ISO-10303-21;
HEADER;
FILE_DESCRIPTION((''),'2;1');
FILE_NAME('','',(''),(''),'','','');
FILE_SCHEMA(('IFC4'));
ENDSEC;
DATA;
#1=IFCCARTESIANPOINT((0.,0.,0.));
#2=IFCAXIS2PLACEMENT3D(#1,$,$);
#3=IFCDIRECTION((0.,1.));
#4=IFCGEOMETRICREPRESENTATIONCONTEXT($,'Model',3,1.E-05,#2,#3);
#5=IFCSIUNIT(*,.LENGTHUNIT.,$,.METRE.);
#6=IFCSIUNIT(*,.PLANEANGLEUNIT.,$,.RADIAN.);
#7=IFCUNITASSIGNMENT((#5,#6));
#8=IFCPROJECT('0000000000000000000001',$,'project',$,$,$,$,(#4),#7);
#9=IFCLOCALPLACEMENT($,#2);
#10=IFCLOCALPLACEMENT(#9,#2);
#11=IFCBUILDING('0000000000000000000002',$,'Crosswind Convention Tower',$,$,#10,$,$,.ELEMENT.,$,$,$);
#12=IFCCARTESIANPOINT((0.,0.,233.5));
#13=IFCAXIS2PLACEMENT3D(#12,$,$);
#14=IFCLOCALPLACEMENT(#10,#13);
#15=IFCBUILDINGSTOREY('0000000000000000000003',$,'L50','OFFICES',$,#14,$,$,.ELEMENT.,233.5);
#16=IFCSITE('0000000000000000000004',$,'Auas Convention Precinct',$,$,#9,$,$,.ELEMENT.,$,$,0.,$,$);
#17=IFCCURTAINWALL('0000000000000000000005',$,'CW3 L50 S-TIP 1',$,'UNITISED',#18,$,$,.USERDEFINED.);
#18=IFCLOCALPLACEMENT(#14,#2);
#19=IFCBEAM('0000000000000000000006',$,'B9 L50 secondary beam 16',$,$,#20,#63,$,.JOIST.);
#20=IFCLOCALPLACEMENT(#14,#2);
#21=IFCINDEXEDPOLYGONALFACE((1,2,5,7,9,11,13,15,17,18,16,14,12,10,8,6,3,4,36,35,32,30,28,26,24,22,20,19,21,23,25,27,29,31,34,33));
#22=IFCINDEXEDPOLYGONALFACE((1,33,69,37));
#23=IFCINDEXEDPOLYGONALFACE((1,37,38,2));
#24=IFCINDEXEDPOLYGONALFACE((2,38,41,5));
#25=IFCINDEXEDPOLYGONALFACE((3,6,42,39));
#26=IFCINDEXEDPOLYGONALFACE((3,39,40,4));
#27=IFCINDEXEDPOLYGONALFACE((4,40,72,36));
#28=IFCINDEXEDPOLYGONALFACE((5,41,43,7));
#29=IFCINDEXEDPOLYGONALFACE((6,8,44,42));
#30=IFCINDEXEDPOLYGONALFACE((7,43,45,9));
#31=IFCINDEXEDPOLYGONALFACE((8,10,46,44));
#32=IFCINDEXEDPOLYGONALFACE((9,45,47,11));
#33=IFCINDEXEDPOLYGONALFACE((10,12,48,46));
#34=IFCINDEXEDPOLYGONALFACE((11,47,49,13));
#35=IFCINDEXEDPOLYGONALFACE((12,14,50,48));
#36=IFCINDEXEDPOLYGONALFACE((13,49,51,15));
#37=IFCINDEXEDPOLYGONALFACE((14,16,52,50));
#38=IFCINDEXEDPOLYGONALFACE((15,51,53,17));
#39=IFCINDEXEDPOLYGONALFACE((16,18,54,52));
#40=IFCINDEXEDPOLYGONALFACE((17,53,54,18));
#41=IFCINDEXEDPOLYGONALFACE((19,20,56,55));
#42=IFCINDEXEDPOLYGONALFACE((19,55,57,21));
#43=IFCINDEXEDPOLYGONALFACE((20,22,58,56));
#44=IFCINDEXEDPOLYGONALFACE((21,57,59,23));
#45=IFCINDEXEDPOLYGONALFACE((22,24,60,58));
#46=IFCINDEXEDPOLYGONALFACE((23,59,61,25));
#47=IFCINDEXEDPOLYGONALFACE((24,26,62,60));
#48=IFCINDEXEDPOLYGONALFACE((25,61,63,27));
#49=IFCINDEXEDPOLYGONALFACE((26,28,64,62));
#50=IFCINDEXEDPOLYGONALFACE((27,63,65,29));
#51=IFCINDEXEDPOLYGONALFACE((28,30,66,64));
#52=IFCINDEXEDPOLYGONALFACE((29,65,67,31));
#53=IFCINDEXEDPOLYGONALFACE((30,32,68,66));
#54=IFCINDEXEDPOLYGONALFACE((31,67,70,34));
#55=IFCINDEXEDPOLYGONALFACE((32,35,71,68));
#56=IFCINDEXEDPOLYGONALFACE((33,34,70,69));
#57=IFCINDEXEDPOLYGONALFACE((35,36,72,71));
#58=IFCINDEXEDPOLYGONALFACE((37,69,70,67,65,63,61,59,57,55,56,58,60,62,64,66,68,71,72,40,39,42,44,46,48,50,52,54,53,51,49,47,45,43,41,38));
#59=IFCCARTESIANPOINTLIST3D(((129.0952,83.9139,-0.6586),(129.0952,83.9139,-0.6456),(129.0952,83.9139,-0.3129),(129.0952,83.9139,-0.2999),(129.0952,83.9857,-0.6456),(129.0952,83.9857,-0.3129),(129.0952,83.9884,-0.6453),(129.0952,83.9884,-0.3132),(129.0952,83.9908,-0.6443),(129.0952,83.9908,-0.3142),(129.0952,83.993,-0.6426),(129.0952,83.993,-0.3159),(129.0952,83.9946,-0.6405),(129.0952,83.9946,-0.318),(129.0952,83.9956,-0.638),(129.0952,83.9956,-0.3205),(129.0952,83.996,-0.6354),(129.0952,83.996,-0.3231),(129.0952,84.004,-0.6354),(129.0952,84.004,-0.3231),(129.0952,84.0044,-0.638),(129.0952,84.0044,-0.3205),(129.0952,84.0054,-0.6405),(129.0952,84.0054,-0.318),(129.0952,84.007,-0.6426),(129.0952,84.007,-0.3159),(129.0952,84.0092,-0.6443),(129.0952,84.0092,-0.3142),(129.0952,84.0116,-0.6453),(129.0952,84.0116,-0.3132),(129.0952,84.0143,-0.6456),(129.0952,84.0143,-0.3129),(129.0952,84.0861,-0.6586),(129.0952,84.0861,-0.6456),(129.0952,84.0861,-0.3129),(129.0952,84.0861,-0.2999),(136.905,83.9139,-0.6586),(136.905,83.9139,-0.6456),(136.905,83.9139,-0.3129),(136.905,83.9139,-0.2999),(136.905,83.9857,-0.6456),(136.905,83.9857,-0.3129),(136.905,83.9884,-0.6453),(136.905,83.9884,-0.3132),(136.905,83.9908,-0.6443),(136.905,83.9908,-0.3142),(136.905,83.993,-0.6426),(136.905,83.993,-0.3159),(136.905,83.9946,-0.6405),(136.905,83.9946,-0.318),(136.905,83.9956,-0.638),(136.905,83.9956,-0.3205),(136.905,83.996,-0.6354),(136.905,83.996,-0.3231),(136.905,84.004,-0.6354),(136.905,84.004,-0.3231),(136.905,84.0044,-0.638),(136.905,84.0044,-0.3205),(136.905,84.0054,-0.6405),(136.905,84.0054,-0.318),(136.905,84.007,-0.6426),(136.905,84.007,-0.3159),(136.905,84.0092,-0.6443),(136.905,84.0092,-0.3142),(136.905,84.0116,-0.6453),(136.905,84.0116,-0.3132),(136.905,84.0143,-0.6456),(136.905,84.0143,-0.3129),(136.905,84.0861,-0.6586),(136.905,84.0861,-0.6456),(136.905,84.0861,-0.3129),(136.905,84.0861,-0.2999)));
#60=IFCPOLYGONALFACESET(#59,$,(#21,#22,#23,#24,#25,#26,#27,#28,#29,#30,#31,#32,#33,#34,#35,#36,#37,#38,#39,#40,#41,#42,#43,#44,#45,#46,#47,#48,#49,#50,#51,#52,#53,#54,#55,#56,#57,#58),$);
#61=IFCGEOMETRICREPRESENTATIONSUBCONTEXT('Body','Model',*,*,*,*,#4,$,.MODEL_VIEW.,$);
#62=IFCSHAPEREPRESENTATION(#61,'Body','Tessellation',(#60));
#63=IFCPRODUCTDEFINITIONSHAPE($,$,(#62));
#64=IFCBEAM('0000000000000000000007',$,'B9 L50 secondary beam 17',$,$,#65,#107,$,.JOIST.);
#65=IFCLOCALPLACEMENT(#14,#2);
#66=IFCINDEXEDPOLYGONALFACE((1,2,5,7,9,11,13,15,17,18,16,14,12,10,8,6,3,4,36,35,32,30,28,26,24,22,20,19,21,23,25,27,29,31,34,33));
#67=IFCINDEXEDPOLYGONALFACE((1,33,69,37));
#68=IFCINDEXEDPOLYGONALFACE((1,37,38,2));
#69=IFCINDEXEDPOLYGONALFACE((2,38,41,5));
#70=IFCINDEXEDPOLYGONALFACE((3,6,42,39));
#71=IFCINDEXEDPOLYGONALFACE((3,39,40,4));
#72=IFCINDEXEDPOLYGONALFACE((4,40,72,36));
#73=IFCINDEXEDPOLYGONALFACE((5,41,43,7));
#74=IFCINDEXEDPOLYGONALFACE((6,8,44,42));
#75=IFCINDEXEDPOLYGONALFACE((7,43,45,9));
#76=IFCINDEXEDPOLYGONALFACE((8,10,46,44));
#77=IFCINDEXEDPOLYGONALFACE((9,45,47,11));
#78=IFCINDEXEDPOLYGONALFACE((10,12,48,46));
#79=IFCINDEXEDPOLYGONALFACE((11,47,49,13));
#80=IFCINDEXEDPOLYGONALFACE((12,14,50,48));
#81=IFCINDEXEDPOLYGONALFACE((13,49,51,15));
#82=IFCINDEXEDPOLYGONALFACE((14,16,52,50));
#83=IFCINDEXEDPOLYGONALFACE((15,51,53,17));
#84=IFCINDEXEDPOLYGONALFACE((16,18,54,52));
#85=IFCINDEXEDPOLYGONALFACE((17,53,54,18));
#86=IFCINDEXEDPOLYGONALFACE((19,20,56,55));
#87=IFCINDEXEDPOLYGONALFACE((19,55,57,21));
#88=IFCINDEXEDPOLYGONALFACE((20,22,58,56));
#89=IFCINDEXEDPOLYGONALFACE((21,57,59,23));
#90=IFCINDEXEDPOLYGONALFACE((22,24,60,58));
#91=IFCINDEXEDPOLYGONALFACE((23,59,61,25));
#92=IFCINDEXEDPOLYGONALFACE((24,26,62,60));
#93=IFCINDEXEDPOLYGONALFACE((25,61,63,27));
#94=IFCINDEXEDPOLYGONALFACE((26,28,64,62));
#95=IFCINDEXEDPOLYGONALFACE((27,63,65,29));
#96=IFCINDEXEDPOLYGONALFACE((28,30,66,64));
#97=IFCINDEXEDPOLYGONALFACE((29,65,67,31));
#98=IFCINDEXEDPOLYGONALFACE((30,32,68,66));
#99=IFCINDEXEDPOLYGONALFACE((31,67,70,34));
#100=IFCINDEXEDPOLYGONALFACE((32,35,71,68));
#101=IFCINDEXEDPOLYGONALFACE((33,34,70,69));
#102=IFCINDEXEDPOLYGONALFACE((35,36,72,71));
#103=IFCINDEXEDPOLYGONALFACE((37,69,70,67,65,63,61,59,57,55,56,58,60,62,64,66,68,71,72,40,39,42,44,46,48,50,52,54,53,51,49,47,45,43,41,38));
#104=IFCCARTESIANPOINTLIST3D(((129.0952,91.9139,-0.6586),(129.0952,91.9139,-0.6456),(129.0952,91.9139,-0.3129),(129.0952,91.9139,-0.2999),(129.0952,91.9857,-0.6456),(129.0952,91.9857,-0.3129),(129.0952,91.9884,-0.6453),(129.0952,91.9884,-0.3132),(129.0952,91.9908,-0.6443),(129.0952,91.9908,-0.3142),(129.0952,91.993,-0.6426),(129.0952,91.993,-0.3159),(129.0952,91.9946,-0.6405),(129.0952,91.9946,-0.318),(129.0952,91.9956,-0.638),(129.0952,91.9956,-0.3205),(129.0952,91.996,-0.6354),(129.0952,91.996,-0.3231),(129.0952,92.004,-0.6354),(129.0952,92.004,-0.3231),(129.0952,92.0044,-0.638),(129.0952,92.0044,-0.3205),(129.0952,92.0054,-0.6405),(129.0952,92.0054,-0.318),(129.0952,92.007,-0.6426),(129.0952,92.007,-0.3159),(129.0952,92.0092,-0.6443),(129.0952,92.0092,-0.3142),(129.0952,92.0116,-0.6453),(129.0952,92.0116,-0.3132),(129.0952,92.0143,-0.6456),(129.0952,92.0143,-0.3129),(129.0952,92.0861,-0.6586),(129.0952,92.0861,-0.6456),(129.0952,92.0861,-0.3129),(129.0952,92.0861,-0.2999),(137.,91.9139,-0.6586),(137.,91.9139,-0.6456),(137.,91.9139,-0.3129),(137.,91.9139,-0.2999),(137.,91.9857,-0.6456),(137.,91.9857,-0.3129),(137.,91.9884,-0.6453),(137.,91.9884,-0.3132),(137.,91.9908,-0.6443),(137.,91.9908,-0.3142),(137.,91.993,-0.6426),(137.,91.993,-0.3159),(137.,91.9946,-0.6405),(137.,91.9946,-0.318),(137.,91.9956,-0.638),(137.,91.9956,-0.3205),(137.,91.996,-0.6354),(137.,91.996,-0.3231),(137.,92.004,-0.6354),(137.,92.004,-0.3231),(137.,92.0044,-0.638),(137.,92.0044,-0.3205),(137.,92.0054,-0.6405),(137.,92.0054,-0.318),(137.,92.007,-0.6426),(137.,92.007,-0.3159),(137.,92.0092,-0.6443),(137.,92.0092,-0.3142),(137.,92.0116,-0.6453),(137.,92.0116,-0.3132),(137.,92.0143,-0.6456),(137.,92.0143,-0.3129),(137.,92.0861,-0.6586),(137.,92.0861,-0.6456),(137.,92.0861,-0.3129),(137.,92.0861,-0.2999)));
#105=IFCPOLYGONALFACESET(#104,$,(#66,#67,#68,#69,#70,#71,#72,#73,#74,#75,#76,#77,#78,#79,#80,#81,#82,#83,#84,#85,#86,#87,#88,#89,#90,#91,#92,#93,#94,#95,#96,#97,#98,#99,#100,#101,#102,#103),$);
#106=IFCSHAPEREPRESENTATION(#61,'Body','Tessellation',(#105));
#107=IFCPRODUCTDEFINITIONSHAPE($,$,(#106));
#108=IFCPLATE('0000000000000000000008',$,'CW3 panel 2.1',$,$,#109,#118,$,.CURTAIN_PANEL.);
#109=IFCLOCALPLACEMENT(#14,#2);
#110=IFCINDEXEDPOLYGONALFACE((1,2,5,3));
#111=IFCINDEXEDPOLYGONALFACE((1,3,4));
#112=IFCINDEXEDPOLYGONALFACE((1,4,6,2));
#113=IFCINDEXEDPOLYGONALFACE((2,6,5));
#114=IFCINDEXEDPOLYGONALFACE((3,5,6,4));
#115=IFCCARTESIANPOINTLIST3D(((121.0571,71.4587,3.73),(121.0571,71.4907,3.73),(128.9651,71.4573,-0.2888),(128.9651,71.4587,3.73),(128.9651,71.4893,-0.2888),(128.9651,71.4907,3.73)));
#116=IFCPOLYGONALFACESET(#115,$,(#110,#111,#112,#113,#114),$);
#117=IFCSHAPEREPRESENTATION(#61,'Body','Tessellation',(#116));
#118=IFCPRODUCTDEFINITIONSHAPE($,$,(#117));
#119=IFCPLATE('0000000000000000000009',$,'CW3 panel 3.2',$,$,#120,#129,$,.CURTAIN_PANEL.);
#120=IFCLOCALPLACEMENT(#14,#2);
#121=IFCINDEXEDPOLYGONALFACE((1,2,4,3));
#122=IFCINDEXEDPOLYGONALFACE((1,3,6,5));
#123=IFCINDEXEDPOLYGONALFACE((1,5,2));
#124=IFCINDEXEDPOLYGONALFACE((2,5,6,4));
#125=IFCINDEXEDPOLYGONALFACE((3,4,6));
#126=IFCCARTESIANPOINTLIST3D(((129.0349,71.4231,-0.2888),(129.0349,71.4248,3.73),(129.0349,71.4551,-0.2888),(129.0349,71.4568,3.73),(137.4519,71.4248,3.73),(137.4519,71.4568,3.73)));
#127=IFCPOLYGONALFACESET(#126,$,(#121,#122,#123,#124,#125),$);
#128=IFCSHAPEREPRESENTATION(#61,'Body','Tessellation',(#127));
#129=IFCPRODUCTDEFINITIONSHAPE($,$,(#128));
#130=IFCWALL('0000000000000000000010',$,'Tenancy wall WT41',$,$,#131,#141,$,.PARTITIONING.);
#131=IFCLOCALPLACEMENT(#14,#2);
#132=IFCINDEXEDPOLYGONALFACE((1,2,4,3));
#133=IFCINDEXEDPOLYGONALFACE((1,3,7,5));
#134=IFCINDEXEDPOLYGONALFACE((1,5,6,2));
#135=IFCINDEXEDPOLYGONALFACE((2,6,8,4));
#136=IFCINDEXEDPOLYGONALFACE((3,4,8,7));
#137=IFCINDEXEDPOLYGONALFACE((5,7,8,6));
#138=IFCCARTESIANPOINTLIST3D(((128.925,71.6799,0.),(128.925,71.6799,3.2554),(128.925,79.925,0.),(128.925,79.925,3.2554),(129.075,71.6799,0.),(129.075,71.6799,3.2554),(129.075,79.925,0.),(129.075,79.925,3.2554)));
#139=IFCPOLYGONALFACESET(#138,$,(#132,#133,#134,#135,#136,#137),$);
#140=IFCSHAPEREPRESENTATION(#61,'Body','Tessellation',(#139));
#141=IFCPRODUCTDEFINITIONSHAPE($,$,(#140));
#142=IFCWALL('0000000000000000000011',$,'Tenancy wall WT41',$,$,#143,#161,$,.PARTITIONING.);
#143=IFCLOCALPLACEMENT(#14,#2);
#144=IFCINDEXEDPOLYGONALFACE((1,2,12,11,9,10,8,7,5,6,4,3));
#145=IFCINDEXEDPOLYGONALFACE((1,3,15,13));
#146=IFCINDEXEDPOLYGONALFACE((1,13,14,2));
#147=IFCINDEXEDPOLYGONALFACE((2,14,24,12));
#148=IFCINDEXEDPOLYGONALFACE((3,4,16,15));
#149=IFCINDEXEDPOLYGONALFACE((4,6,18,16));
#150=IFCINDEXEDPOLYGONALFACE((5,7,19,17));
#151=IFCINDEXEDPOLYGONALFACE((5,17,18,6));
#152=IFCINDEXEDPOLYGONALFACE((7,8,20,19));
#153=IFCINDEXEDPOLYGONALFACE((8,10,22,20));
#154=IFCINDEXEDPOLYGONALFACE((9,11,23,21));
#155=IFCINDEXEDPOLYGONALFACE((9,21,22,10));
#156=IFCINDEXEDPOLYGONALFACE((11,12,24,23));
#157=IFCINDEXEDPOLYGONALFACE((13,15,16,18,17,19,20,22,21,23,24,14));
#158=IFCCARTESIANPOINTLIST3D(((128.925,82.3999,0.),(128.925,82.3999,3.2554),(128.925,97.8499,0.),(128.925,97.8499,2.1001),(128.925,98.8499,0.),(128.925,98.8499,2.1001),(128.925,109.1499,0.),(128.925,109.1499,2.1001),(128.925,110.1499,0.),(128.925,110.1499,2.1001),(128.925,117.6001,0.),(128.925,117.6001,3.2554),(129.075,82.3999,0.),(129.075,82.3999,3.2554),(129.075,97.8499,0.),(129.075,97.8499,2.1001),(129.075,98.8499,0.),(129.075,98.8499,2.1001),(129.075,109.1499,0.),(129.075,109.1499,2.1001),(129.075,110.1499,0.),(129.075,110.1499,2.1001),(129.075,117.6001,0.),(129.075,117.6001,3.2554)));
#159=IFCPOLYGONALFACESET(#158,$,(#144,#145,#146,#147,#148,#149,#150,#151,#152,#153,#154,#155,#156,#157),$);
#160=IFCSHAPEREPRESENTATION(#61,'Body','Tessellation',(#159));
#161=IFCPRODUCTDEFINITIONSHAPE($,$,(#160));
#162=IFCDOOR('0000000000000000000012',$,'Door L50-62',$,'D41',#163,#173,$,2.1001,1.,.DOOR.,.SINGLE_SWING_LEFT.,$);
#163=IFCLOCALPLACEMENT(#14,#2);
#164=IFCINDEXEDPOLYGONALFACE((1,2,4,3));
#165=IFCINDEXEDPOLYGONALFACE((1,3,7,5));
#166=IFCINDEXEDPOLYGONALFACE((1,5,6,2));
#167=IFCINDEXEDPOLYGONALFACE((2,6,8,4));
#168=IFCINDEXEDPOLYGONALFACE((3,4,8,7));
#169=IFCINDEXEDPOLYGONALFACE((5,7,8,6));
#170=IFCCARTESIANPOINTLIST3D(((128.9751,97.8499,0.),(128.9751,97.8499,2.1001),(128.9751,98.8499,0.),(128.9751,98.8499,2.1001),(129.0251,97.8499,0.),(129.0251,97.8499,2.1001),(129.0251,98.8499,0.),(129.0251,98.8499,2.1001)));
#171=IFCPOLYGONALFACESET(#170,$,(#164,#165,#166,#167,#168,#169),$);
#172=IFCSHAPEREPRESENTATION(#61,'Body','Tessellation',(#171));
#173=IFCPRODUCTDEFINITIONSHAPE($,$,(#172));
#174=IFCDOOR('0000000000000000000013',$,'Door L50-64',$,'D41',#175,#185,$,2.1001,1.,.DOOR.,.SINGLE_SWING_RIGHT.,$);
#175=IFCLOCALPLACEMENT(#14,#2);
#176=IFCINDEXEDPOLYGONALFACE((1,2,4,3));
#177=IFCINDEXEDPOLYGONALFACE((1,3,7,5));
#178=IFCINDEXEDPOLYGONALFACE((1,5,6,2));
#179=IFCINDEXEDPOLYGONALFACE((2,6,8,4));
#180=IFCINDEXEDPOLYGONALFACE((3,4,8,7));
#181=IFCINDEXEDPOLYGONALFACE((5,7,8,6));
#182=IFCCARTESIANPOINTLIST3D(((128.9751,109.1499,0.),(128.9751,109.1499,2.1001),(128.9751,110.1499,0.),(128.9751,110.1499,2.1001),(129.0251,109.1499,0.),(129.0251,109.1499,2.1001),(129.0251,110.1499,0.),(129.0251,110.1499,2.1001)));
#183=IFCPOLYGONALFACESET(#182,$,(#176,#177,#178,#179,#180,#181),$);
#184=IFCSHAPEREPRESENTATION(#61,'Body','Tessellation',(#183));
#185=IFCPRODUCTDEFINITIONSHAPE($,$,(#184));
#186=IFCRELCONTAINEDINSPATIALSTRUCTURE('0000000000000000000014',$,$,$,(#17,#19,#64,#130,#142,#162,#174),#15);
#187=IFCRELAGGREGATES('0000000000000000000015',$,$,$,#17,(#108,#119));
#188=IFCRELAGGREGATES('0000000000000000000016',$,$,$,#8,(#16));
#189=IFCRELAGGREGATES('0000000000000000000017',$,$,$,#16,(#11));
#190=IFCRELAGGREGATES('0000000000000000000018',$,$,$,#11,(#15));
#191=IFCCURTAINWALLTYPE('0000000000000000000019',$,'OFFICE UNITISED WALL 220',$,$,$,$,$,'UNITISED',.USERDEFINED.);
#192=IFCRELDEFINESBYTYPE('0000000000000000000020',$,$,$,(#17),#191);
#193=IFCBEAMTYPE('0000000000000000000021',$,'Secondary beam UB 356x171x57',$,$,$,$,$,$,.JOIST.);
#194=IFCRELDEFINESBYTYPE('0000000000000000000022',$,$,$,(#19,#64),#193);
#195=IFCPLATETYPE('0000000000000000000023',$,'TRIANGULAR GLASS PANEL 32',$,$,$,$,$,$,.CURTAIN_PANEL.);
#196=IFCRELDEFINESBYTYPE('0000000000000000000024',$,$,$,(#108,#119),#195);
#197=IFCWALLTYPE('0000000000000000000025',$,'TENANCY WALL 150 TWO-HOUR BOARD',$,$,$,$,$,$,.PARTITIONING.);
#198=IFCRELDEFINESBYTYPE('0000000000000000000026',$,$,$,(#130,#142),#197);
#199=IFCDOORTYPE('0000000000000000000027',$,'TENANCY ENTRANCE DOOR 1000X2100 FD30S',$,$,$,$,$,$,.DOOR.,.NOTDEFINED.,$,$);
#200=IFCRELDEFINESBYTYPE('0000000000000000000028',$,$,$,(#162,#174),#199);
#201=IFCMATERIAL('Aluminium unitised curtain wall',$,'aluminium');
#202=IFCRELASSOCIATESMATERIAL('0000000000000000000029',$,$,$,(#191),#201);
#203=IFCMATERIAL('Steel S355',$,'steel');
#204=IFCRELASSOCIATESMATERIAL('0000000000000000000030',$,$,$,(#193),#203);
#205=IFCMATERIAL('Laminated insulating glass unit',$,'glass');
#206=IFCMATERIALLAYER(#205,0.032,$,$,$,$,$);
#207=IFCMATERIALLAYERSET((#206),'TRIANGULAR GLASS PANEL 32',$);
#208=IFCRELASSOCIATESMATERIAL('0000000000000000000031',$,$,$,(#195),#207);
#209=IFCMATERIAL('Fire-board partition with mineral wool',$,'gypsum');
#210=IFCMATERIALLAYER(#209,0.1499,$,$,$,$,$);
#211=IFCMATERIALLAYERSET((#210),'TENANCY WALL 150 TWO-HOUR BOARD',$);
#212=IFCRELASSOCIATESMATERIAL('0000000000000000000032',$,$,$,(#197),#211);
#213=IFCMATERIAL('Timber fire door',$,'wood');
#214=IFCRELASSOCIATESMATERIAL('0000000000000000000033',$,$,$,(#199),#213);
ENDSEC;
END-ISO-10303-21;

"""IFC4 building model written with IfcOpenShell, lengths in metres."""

from ifc_helpers import new_model, si_unit, direction, frame, frame_2d, origin, origin_2d, place, context, subcontext, project, spatial, polyline, rectangle, i_section, outline, extrude, material, layer, layer_set, material_profile, profile_set, type_object, element, fill, aggregate, save


model = new_model("IFC4")

# Units and contexts
model_context = context("Model", 3, precision=1e-05, world=origin(), true_north=direction((0.0, 1.0)))
body_context = subcontext(model_context, "Body", "Model", "MODEL_VIEW")
ifc_project = project(units=[si_unit("LENGTHUNIT", "METRE"), si_unit("PLANEANGLEUNIT", "RADIAN")], contexts=[model_context])

# Site, building, storey
site_placement = place(None, origin())
site = spatial("IfcSite", under=ifc_project, at=site_placement, Name="Auas Convention Precinct", CompositionType="ELEMENT", RefElevation=0.0)
building_placement = place(site_placement, origin())
building = spatial("IfcBuilding", under=site, at=building_placement, Name="Crosswind Convention Tower", CompositionType="ELEMENT")
storey_placement = place(building_placement, frame((0.0, 0.0, 233.5)))
storey = spatial("IfcBuildingStorey", under=building, at=storey_placement, Name="L50", Description="OFFICES", CompositionType="ELEMENT", Elevation=233.5)

# Shared definitions
ifc_material_1 = material(Name="Steel S355", Category="steel")

# Curtain wall
ifc_material_2 = material(Name="Aluminium unitised curtain wall", Category="aluminium")
curtain_wall_type = type_object("IfcCurtainWallType", Name="OFFICE UNITISED WALL 220", ElementType="UNITISED", PredefinedType="USERDEFINED", material=ifc_material_2)
curtain_wall_placement = place(storey_placement, origin())
curtain_wall = element("IfcCurtainWall", 1, at=curtain_wall_placement, inside=storey, type_object=curtain_wall_type, Name="CW3 L50 S-TIP 1", ObjectType="UNITISED", PredefinedType="USERDEFINED")

# Beams
ifc_material_profile_1 = material_profile(ifc_material_1, i_section(OverallWidth=0.1721, OverallDepth=0.3586, WebThickness=0.0081, FlangeThickness=0.0129, FilletRadius=0.0103, at=origin_2d()), Name="UB 356x171x57")
ifc_profile_set_1 = profile_set([ifc_material_profile_1], Name="Steel S355")
beam_type_1 = type_object("IfcBeamType", Name="Secondary beam UB 356x171x57", PredefinedType="JOIST", material=ifc_profile_set_1)
for number, where, z_axis, x_axis, name in (
    (2, (129.0952, 84.0, -0.4792), (1.0, 0.0, 0.0), (0.0, 1.0, 0.0), "B9 L50 secondary beam 16"),
):
    element("IfcBeam", number, at=place(storey_placement, frame(where, z_axis=z_axis, x_axis=x_axis)), inside=storey, type_object=beam_type_1, Name=name, PredefinedType="JOIST", context=body_context, shape_type="SweptSolid", body=[
        extrude(i_section(OverallWidth=0.1721, OverallDepth=0.3586, WebThickness=0.0081, FlangeThickness=0.0129, FilletRadius=0.0103, at=origin_2d()), origin(), (0.0, 0.0, 1.0), 7.8098),
    ])
beam_1_placement = place(storey_placement, frame((129.0952, 92.0, -0.4792), z_axis=(1.0, 0.0, 0.0), x_axis=(0.0, 1.0, 0.0)))
element("IfcBeam", 3, at=beam_1_placement, inside=storey, type_object=beam_type_1, Name="B9 L50 secondary beam 17", PredefinedType="JOIST", context=body_context, shape_type="SweptSolid", body=[
    extrude(i_section(OverallWidth=0.1721, OverallDepth=0.3586, WebThickness=0.0081, FlangeThickness=0.0129, FilletRadius=0.0103, at=origin_2d()), origin(), (0.0, 0.0, 1.0), 7.9048),
])

# Plates
ifc_material_3 = material(Name="Laminated insulating glass unit", Category="glass")
ifc_layer_1 = layer(ifc_material_3, 0.032)
ifc_layer_set_1 = layer_set([ifc_layer_1], Name="TRIANGULAR GLASS PANEL 32")
plate_type = type_object("IfcPlateType", Name="TRIANGULAR GLASS PANEL 32", PredefinedType="CURTAIN_PANEL", material=ifc_layer_set_1)
plate_1_placement = place(storey_placement, frame((128.9651, 71.4587, 3.73), z_axis=(0.0, -1.0, 0.000364), x_axis=(-1.0, 0.0, 0.0)))
plate_1 = element("IfcPlate", 4, at=plate_1_placement, type_object=plate_type, Name="CW3 panel 2.1", PredefinedType="CURTAIN_PANEL", context=body_context, shape_type="SweptSolid", body=[
    extrude(outline(polyline([(0.0, 0.0), (7.908, 0.0), (0.0, 4.0188), (0.0, 0.0)])), origin(), (0.0, 0.0, -1.0), 0.032),
])
plate_2_placement = place(storey_placement, frame((129.0349, 71.4248, 3.73), z_axis=(0.0, -1.0, 0.000425), x_axis=(0.0, -0.000425, -1.0)))
plate_2 = element("IfcPlate", 5, at=plate_2_placement, type_object=plate_type, Name="CW3 panel 3.2", PredefinedType="CURTAIN_PANEL", context=body_context, shape_type="SweptSolid", body=[
    extrude(outline(polyline([(0.0, 0.0), (4.0188, 0.0), (0.0, 8.417), (0.0, 0.0)])), origin(), (0.0, 0.0, -1.0), 0.032),
])
aggregate(curtain_wall, [plate_1, plate_2])

# Wall
ifc_material_4 = material(Name="Fire-board partition with mineral wool", Category="gypsum")
ifc_layer_2 = layer(ifc_material_4, 0.1499)
ifc_layer_set_2 = layer_set([ifc_layer_2], Name="TENANCY WALL 150 TWO-HOUR BOARD")
wall_type = type_object("IfcWallType", Name="TENANCY WALL 150 TWO-HOUR BOARD", PredefinedType="PARTITIONING", material=ifc_layer_set_2)
wall_1_placement = place(storey_placement, frame((129.0, 71.6799, 0.0), z_axis=(0.0, 0.0, 1.0), x_axis=(0.0, 1.0, 0.0)))
element("IfcWall", 6, at=wall_1_placement, inside=storey, type_object=wall_type, Name="Tenancy wall WT41", PredefinedType="PARTITIONING", context=body_context, shape_type="SweptSolid", body=[
    extrude(rectangle(XDim=8.2451, YDim=0.1499, at=frame_2d((4.1226, 0.0))), origin(), (0.0, 0.0, 1.0), 3.2554),
])

# Wall, openings, doors
wall_2_placement = place(storey_placement, frame((129.0, 82.3999, 0.0), z_axis=(0.0, 0.0, 1.0), x_axis=(0.0, 1.0, 0.0)))
wall_2 = element("IfcWall", 7, at=wall_2_placement, inside=storey, type_object=wall_type, Name="Tenancy wall WT41", PredefinedType="PARTITIONING", context=body_context, shape_type="SweptSolid", body=[
    extrude(rectangle(XDim=35.2002, YDim=0.1499, at=frame_2d((17.6001, 0.0))), origin(), (0.0, 0.0, 1.0), 3.2554),
])
opening_1_placement = place(wall_2_placement, frame((15.45, 0.0, 0.0)))
opening_1 = element("IfcOpeningElement", 8, at=opening_1_placement, cuts=wall_2, PredefinedType="OPENING", context=body_context, shape_type="SweptSolid", body=[
    extrude(rectangle(XDim=1.0, YDim=2.1001, at=frame_2d((0.5, 1.05))), frame((0.0, 0.085, 0.0), z_axis=(0.0, -1.0, 0.0), x_axis=(1.0, 0.0, 0.0)), (0.0, 0.0, 1.0), 0.1699),
])
opening_2_placement = place(wall_2_placement, frame((26.75, 0.0, 0.0)))
opening_2 = element("IfcOpeningElement", 9, at=opening_2_placement, cuts=wall_2, PredefinedType="OPENING", context=body_context, shape_type="SweptSolid", body=[
    extrude(rectangle(XDim=1.0, YDim=2.1001, at=frame_2d((0.5, 1.05))), frame((0.0, 0.085, 0.0), z_axis=(0.0, -1.0, 0.0), x_axis=(1.0, 0.0, 0.0)), (0.0, 0.0, 1.0), 0.1699),
])
ifc_material_5 = material(Name="Timber fire door", Category="wood")
door_type = type_object("IfcDoorType", Name="TENANCY ENTRANCE DOOR 1000X2100 FD30S", OperationType="NOTDEFINED", PredefinedType="DOOR", material=ifc_material_5)
door_1_placement = place(opening_1_placement, origin())
door_1 = element("IfcDoor", 10, at=door_1_placement, inside=storey, type_object=door_type, Name="Door L50-62", ObjectType="D41", OperationType="SINGLE_SWING_LEFT", OverallHeight=2.1001, OverallWidth=1.0, PredefinedType="DOOR", context=body_context, shape_type="SweptSolid", body=[
    extrude(rectangle(XDim=1.0, YDim=2.1001, at=frame_2d((0.5, 1.05))), frame((0.0, 0.0249, 0.0), z_axis=(0.0, -1.0, 0.0), x_axis=(1.0, 0.0, 0.0)), (0.0, 0.0, 1.0), 0.05),
])
fill(opening_1, door_1)
door_2_placement = place(opening_2_placement, origin())
door_2 = element("IfcDoor", 11, at=door_2_placement, inside=storey, type_object=door_type, Name="Door L50-64", ObjectType="D41", OperationType="SINGLE_SWING_RIGHT", OverallHeight=2.1001, OverallWidth=1.0, PredefinedType="DOOR", context=body_context, shape_type="SweptSolid", body=[
    extrude(rectangle(XDim=1.0, YDim=2.1001, at=frame_2d((0.5, 1.05))), frame((0.0, 0.0249, 0.0), z_axis=(0.0, -1.0, 0.0), x_axis=(1.0, 0.0, 0.0)), (0.0, 0.0, 1.0), 0.05),
])
fill(opening_2, door_2)

save(model, "model.ifc")
